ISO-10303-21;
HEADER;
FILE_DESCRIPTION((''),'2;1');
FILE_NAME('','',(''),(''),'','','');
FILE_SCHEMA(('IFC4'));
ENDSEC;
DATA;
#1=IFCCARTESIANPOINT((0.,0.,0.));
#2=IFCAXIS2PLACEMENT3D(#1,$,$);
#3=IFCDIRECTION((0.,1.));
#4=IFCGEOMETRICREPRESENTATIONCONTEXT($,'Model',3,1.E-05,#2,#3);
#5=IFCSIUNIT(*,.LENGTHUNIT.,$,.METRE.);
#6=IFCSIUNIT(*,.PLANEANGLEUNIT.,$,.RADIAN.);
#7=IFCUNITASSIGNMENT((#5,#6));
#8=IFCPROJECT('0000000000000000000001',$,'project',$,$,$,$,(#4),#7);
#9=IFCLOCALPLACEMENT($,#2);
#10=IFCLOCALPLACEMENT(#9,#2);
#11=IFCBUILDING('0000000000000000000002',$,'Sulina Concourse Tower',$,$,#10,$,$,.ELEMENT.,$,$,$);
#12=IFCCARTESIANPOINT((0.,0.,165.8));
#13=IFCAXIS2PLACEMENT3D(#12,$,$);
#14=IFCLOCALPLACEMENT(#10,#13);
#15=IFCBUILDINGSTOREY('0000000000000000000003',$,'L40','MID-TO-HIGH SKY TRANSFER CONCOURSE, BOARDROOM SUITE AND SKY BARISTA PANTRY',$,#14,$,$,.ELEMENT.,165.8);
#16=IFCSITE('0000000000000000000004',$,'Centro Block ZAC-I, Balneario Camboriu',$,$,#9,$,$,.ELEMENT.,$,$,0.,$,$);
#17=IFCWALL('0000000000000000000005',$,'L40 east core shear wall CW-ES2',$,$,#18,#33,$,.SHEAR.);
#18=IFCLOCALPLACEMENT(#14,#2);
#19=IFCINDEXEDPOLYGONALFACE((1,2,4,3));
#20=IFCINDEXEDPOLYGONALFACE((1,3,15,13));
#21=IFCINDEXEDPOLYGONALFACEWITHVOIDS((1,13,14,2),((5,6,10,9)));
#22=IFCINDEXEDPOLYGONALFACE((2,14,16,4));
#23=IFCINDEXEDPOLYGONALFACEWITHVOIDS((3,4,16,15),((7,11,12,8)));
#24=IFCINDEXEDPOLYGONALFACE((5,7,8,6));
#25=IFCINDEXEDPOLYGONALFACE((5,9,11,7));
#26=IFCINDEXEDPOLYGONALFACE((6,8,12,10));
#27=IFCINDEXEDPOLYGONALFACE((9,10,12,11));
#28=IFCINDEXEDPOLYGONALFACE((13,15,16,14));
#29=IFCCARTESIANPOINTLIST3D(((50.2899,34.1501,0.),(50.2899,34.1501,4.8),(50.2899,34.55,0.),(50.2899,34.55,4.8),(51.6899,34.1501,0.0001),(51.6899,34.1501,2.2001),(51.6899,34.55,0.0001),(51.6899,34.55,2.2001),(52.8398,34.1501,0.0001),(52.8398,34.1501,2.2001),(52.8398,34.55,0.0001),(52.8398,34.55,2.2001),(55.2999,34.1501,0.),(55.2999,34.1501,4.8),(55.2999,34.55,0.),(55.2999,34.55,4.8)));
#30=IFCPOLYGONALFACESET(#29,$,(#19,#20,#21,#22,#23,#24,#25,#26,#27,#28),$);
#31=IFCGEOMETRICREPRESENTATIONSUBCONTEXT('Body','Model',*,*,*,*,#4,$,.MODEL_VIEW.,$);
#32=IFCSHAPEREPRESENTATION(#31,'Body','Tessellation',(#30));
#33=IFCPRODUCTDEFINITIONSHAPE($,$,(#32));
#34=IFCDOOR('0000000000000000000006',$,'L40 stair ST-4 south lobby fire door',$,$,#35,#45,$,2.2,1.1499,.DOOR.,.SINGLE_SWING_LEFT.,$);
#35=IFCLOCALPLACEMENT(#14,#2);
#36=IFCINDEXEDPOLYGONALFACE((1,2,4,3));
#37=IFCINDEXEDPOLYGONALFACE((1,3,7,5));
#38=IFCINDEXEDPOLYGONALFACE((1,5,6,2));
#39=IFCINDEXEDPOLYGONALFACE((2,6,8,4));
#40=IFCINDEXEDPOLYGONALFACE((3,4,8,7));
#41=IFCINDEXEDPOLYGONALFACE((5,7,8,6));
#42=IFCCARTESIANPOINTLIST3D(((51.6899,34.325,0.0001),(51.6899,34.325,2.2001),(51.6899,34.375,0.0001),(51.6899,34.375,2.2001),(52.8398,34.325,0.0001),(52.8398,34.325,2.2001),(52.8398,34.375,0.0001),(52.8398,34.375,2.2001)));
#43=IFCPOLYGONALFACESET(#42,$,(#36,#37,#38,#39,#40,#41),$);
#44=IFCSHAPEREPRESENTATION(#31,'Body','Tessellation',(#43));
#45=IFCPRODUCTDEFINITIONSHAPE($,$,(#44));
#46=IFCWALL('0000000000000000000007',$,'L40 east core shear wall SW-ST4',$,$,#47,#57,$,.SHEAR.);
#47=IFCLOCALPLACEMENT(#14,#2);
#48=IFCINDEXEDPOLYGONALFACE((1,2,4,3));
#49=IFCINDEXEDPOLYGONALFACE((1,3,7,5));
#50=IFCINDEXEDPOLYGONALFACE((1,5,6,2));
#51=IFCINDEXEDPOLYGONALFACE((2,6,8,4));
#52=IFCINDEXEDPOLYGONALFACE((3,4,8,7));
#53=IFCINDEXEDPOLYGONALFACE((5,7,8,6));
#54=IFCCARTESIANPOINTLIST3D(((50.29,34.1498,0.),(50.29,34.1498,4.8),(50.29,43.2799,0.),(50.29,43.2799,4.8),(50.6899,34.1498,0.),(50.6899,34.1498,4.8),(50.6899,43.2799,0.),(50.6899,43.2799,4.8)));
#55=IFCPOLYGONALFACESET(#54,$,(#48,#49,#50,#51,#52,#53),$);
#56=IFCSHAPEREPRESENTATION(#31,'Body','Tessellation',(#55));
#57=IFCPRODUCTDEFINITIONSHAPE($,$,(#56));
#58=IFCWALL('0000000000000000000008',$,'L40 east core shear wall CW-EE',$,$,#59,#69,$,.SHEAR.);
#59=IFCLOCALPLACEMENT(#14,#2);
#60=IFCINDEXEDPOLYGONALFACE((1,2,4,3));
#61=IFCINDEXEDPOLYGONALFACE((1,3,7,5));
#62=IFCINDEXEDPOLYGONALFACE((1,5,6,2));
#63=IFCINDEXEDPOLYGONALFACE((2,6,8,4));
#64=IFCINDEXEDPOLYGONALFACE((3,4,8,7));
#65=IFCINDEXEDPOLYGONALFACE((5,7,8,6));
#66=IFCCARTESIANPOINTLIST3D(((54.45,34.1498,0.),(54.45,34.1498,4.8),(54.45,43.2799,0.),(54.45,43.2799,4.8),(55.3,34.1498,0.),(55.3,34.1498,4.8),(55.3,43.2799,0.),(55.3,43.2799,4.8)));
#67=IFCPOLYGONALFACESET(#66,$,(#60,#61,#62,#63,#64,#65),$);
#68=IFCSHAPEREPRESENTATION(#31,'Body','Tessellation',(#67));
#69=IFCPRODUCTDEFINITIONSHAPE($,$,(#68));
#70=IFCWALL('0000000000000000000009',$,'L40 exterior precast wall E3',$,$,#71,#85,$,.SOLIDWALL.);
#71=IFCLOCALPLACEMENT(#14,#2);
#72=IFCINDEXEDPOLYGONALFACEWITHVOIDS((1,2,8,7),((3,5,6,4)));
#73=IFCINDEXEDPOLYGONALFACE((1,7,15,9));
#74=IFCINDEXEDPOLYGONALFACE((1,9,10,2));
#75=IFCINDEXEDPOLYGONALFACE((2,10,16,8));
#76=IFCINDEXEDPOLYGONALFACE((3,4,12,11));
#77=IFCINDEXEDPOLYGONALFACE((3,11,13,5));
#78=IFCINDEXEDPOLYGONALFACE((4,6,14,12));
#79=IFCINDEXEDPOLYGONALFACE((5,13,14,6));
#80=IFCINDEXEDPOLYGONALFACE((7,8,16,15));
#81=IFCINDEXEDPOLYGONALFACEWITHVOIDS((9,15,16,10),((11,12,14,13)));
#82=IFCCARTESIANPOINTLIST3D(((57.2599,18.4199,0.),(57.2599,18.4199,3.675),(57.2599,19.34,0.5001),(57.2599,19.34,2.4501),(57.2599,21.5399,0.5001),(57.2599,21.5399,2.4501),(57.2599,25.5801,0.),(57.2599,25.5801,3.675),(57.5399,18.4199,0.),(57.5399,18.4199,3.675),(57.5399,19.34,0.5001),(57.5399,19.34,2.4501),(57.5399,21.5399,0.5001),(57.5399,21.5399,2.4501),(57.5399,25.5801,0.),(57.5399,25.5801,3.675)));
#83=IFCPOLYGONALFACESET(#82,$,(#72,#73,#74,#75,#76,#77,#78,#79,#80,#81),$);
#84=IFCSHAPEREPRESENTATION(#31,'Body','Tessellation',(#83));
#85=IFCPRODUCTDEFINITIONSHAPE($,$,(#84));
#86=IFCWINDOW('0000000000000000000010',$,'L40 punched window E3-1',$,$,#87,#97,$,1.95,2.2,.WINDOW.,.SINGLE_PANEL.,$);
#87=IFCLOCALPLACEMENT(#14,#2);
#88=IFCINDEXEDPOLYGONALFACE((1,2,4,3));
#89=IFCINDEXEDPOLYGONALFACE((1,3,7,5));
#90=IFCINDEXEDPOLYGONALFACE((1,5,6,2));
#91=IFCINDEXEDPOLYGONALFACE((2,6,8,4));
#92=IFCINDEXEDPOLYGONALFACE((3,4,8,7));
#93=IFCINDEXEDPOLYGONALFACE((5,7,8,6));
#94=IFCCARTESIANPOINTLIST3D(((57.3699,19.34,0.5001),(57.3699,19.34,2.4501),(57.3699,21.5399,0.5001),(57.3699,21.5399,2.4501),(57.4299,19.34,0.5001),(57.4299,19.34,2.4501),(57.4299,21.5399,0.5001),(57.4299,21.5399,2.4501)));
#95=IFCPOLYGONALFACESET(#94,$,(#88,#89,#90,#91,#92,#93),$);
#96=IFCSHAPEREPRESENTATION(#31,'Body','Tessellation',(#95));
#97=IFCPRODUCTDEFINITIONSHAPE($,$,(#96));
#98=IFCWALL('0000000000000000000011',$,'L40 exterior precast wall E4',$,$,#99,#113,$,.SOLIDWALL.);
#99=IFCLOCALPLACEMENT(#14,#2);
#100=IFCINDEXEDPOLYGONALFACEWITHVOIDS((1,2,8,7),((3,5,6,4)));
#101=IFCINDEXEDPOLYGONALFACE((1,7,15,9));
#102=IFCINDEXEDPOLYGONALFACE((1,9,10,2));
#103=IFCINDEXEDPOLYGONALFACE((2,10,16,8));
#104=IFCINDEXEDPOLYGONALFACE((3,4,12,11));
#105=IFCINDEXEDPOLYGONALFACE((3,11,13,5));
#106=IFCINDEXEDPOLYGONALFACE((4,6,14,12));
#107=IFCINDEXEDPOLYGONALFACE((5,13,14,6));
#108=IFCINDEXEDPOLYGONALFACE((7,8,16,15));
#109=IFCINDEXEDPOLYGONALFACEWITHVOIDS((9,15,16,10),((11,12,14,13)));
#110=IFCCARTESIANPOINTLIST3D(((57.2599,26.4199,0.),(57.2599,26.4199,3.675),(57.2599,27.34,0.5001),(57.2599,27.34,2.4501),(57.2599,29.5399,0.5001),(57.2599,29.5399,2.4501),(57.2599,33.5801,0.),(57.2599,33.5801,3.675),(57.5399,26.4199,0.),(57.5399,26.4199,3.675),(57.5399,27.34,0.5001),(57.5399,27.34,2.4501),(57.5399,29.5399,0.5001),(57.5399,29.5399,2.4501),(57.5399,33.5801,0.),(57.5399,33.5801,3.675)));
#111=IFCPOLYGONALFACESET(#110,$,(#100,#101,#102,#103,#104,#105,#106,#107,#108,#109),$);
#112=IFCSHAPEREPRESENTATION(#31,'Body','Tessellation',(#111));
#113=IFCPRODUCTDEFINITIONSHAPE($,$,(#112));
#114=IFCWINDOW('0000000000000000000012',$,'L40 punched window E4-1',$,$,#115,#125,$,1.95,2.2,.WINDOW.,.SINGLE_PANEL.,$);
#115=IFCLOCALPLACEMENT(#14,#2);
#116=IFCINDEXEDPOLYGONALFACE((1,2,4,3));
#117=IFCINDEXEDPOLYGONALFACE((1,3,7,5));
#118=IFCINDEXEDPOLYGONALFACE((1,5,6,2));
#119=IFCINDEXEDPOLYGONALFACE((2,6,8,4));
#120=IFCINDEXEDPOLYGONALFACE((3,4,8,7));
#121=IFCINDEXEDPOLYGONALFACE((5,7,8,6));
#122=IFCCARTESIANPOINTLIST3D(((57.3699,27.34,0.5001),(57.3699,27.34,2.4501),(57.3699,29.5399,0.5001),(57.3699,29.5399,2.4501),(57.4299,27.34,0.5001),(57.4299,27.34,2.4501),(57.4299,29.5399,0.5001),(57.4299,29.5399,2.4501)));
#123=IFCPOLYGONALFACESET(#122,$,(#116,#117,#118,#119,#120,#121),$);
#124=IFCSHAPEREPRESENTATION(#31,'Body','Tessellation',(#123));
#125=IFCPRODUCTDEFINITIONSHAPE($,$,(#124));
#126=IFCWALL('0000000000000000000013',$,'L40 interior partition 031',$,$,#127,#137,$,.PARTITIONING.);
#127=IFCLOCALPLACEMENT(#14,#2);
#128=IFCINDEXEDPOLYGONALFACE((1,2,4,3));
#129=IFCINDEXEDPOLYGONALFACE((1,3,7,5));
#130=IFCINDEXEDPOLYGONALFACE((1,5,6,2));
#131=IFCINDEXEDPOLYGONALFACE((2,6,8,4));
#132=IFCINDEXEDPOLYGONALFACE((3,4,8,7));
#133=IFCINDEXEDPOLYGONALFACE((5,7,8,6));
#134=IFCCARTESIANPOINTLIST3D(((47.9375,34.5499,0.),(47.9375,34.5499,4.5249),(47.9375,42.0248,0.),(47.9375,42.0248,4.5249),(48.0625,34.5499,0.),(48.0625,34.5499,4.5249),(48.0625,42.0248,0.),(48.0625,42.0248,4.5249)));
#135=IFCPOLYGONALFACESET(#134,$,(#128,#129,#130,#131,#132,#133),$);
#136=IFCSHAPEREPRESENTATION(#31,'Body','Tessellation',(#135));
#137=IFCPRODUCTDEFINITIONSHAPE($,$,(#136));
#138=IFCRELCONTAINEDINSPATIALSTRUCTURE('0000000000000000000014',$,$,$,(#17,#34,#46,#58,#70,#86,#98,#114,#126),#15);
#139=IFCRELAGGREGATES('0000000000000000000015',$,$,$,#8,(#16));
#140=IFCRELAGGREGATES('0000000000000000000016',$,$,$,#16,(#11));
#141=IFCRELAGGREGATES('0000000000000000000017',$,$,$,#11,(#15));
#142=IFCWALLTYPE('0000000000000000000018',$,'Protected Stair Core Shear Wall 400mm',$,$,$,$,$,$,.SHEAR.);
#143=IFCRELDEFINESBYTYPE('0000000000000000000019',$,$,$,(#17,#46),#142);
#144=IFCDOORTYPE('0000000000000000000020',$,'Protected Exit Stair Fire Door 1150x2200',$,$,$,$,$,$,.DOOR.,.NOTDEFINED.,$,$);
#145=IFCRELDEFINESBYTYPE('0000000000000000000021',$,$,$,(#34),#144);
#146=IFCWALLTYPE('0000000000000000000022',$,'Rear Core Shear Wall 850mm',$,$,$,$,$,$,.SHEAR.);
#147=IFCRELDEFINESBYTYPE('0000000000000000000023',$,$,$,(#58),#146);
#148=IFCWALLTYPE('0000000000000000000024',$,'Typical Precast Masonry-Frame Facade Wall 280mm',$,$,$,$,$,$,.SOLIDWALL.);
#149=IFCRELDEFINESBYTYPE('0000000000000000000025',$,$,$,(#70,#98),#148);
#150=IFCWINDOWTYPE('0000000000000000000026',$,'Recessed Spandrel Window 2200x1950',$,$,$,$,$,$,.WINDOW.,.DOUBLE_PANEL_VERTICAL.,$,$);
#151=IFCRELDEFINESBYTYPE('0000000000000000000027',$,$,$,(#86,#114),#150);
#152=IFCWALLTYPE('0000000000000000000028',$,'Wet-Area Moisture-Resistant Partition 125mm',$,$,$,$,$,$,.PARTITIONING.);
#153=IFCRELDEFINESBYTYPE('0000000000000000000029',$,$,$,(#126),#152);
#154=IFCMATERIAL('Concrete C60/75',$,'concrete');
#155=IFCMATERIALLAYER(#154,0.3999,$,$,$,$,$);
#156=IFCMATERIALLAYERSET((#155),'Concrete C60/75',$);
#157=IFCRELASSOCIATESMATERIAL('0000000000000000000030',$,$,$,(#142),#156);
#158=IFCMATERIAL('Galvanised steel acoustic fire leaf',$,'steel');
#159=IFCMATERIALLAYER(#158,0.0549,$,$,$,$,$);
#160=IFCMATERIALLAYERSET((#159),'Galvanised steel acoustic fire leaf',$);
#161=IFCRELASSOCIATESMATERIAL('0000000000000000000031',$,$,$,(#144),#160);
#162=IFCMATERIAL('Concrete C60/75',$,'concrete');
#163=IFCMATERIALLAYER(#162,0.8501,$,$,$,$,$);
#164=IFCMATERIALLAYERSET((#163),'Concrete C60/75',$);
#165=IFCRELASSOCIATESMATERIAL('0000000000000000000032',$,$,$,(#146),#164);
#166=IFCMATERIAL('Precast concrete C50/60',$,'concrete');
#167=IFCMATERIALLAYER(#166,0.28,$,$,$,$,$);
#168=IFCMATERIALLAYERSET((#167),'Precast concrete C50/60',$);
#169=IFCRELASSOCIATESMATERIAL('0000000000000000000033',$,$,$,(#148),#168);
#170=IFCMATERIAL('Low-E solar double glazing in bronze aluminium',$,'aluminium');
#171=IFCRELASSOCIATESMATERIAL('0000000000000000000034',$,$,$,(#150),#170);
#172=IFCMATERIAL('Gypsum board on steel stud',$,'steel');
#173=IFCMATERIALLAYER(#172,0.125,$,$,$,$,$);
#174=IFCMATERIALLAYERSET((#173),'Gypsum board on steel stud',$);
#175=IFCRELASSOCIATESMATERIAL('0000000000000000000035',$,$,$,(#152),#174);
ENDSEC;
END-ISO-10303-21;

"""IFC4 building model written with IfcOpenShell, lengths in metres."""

from ifc_helpers import new_model, si_unit, direction, frame, frame_2d, origin, place, context, subcontext, project, spatial, rectangle, extrude, material, layer, layer_set, type_object, element, fill, save


model = new_model("IFC4")

# Units and contexts
model_context = context("Model", 3, precision=1e-05, world=origin(), true_north=direction((0.0, 1.0)))
body_context = subcontext(model_context, "Body", "Model", "MODEL_VIEW")
ifc_project = project(units=[si_unit("LENGTHUNIT", "METRE"), si_unit("PLANEANGLEUNIT", "RADIAN")], contexts=[model_context])

# Site, building, storey
site_placement = place(None, origin())
site = spatial("IfcSite", under=ifc_project, at=site_placement, Name="Centro Block ZAC-I, Balneario Camboriu", CompositionType="ELEMENT", RefElevation=0.0)
building_placement = place(site_placement, origin())
building = spatial("IfcBuilding", under=site, at=building_placement, Name="Sulina Concourse Tower", CompositionType="ELEMENT")
storey_placement = place(building_placement, frame((0.0, 0.0, 165.8)))
storey = spatial("IfcBuildingStorey", under=building, at=storey_placement, Name="L40", Description="MID-TO-HIGH SKY TRANSFER CONCOURSE, BOARDROOM SUITE AND SKY BARISTA PANTRY", CompositionType="ELEMENT", Elevation=165.8)

# Shared definitions
ifc_material_1 = material(Name="Concrete C60/75", Category="concrete")
ifc_layer_1 = layer(ifc_material_1, 0.3999)
ifc_layer_set_1 = layer_set([ifc_layer_1], Name="Concrete C60/75")
wall_type_1 = type_object("IfcWallType", Name="Protected Stair Core Shear Wall 400mm", PredefinedType="SHEAR", material=ifc_layer_set_1)

# Wall, opening, door
wall_1_placement = place(storey_placement, frame((50.29, 34.3501, 0.0), z_axis=(0.0, 0.0, 1.0), x_axis=(1.0, 0.0, 0.0)))
wall_1 = element("IfcWall", 1, at=wall_1_placement, inside=storey, type_object=wall_type_1, Name="L40 east core shear wall CW-ES2", PredefinedType="SHEAR", context=body_context, shape_type="SweptSolid", body=[
    extrude(rectangle(XDim=5.01, YDim=0.3999, at=frame_2d((2.5049, 0.0))), origin(), (0.0, 0.0, 1.0), 4.8),
])
opening_1_placement = place(wall_1_placement, frame((1.3999, 0.0, 0.0)))
opening_1 = element("IfcOpeningElement", 2, at=opening_1_placement, cuts=wall_1, PredefinedType="OPENING", context=body_context, shape_type="SweptSolid", body=[
    extrude(rectangle(XDim=1.1499, YDim=2.2, at=frame_2d((0.575, 1.1001))), frame((0.0, 0.21, 0.0), z_axis=(0.0, -1.0, 0.0), x_axis=(1.0, 0.0, 0.0)), (0.0, 0.0, 1.0), 0.4199),
])
ifc_material_2 = material(Name="Galvanised steel acoustic fire leaf", Category="steel")
ifc_layer_2 = layer(ifc_material_2, 0.0549)
ifc_layer_set_2 = layer_set([ifc_layer_2], Name="Galvanised steel acoustic fire leaf")
door_type_1 = type_object("IfcDoorType", Name="Protected Exit Stair Fire Door 1150x2200", OperationType="NOTDEFINED", PredefinedType="DOOR", material=ifc_layer_set_2)
door_1_placement = place(opening_1_placement, origin())
door_1 = element("IfcDoor", 3, at=door_1_placement, inside=storey, type_object=door_type_1, Name="L40 stair ST-4 south lobby fire door", OperationType="SINGLE_SWING_LEFT", OverallHeight=2.2, OverallWidth=1.1499, PredefinedType="DOOR", context=body_context, shape_type="SweptSolid", body=[
    extrude(rectangle(XDim=1.1499, YDim=2.2, at=frame_2d((0.575, 1.1001))), frame((0.0, 0.0249, 0.0), z_axis=(0.0, -1.0, 0.0), x_axis=(1.0, 0.0, 0.0)), (0.0, 0.0, 1.0), 0.05),
])
fill(opening_1, door_1)

# Walls
wall_2_placement = place(storey_placement, frame((50.49, 34.1499, 0.0), z_axis=(0.0, 0.0, 1.0), x_axis=(0.0, 1.0, 0.0)))
element("IfcWall", 4, at=wall_2_placement, inside=storey, type_object=wall_type_1, Name="L40 east core shear wall SW-ST4", PredefinedType="SHEAR", context=body_context, shape_type="SweptSolid", body=[
    extrude(rectangle(XDim=9.1301, YDim=0.3999, at=frame_2d((4.5649, 0.0))), origin(), (0.0, 0.0, 1.0), 4.8),
])
ifc_material_3 = material(Name="Concrete C60/75", Category="concrete")
ifc_layer_3 = layer(ifc_material_3, 0.8501)
ifc_layer_set_3 = layer_set([ifc_layer_3], Name="Concrete C60/75")
wall_type_2 = type_object("IfcWallType", Name="Rear Core Shear Wall 850mm", PredefinedType="SHEAR", material=ifc_layer_set_3)
wall_3_placement = place(storey_placement, frame((54.875, 34.1499, 0.0), z_axis=(0.0, 0.0, 1.0), x_axis=(0.0, 1.0, 0.0)))
element("IfcWall", 5, at=wall_3_placement, inside=storey, type_object=wall_type_2, Name="L40 east core shear wall CW-EE", PredefinedType="SHEAR", context=body_context, shape_type="SweptSolid", body=[
    extrude(rectangle(XDim=9.1301, YDim=0.8501, at=frame_2d((4.5649, 0.0))), origin(), (0.0, 0.0, 1.0), 4.8),
])

# Walls, openings, windows
ifc_material_4 = material(Name="Precast concrete C50/60", Category="concrete")
ifc_layer_4 = layer(ifc_material_4, 0.28)
ifc_layer_set_4 = layer_set([ifc_layer_4], Name="Precast concrete C50/60")
wall_type_3 = type_object("IfcWallType", Name="Typical Precast Masonry-Frame Facade Wall 280mm", PredefinedType="SOLIDWALL", material=ifc_layer_set_4)
wall_4_placement = place(storey_placement, frame((57.3999, 25.5801, 0.0), z_axis=(0.0, 0.0, 1.0), x_axis=(0.0, -1.0, 0.0)))
wall_4 = element("IfcWall", 6, at=wall_4_placement, inside=storey, type_object=wall_type_3, Name="L40 exterior precast wall E3", PredefinedType="SOLIDWALL", context=body_context, shape_type="SweptSolid", body=[
    extrude(rectangle(XDim=7.1602, YDim=0.28, at=frame_2d((3.5801, 0.0))), origin(), (0.0, 0.0, 1.0), 3.675),
])
opening_2_placement = place(wall_4_placement, frame((4.04, 0.0, 0.5)))
opening_2 = element("IfcOpeningElement", 7, at=opening_2_placement, cuts=wall_4, PredefinedType="OPENING", context=body_context, shape_type="SweptSolid", body=[
    extrude(rectangle(XDim=2.2, YDim=1.95, at=frame_2d((1.1001, 0.9751))), frame((0.0, 0.1499, 0.0), z_axis=(0.0, -1.0, 0.0), x_axis=(1.0, 0.0, 0.0)), (0.0, 0.0, 1.0), 0.3),
])
ifc_material_5 = material(Name="Low-E solar double glazing in bronze aluminium", Category="aluminium")
window_type = type_object("IfcWindowType", Name="Recessed Spandrel Window 2200x1950", PartitioningType="DOUBLE_PANEL_VERTICAL", PredefinedType="WINDOW", material=ifc_material_5)
window_1_placement = place(opening_2_placement, origin())
window_1 = element("IfcWindow", 8, at=window_1_placement, inside=storey, type_object=window_type, Name="L40 punched window E3-1", OverallHeight=1.95, OverallWidth=2.2, PartitioningType="SINGLE_PANEL", PredefinedType="WINDOW", context=body_context, shape_type="SweptSolid", body=[
    extrude(rectangle(XDim=2.2, YDim=1.95, at=frame_2d((1.1001, 0.9751))), frame((0.0, 0.03, 0.0), z_axis=(0.0, -1.0, 0.0), x_axis=(1.0, 0.0, 0.0)), (0.0, 0.0, 1.0), 0.0601),
])
fill(opening_2, window_1)
wall_5_placement = place(storey_placement, frame((57.3999, 33.5801, 0.0), z_axis=(0.0, 0.0, 1.0), x_axis=(0.0, -1.0, 0.0)))
wall_5 = element("IfcWall", 9, at=wall_5_placement, inside=storey, type_object=wall_type_3, Name="L40 exterior precast wall E4", PredefinedType="SOLIDWALL", context=body_context, shape_type="SweptSolid", body=[
    extrude(rectangle(XDim=7.1602, YDim=0.28, at=frame_2d((3.5801, 0.0))), origin(), (0.0, 0.0, 1.0), 3.675),
])
opening_3_placement = place(wall_5_placement, frame((4.04, 0.0, 0.5)))
opening_3 = element("IfcOpeningElement", 10, at=opening_3_placement, cuts=wall_5, PredefinedType="OPENING", context=body_context, shape_type="SweptSolid", body=[
    extrude(rectangle(XDim=2.2, YDim=1.95, at=frame_2d((1.1001, 0.9751))), frame((0.0, 0.1499, 0.0), z_axis=(0.0, -1.0, 0.0), x_axis=(1.0, 0.0, 0.0)), (0.0, 0.0, 1.0), 0.3),
])
window_2_placement = place(opening_3_placement, origin())
window_2 = element("IfcWindow", 11, at=window_2_placement, inside=storey, type_object=window_type, Name="L40 punched window E4-1", OverallHeight=1.95, OverallWidth=2.2, PartitioningType="SINGLE_PANEL", PredefinedType="WINDOW", context=body_context, shape_type="SweptSolid", body=[
    extrude(rectangle(XDim=2.2, YDim=1.95, at=frame_2d((1.1001, 0.9751))), frame((0.0, 0.03, 0.0), z_axis=(0.0, -1.0, 0.0), x_axis=(1.0, 0.0, 0.0)), (0.0, 0.0, 1.0), 0.0601),
])
fill(opening_3, window_2)

# Wall
ifc_material_6 = material(Name="Gypsum board on steel stud", Category="steel")
ifc_layer_5 = layer(ifc_material_6, 0.125)
ifc_layer_set_5 = layer_set([ifc_layer_5], Name="Gypsum board on steel stud")
wall_type_4 = type_object("IfcWallType", Name="Wet-Area Moisture-Resistant Partition 125mm", PredefinedType="PARTITIONING", material=ifc_layer_set_5)
wall_6_placement = place(storey_placement, frame((48.0, 34.55, 0.0), z_axis=(0.0, 0.0, 1.0), x_axis=(0.0, 1.0, 0.0)))
element("IfcWall", 12, at=wall_6_placement, inside=storey, type_object=wall_type_4, Name="L40 interior partition 031", PredefinedType="PARTITIONING", context=body_context, shape_type="SweptSolid", body=[
    extrude(rectangle(XDim=7.4749, YDim=0.125, at=frame_2d((3.7373, 0.0))), origin(), (0.0, 0.0, 1.0), 4.5249),
])

save(model, "model.ifc")
